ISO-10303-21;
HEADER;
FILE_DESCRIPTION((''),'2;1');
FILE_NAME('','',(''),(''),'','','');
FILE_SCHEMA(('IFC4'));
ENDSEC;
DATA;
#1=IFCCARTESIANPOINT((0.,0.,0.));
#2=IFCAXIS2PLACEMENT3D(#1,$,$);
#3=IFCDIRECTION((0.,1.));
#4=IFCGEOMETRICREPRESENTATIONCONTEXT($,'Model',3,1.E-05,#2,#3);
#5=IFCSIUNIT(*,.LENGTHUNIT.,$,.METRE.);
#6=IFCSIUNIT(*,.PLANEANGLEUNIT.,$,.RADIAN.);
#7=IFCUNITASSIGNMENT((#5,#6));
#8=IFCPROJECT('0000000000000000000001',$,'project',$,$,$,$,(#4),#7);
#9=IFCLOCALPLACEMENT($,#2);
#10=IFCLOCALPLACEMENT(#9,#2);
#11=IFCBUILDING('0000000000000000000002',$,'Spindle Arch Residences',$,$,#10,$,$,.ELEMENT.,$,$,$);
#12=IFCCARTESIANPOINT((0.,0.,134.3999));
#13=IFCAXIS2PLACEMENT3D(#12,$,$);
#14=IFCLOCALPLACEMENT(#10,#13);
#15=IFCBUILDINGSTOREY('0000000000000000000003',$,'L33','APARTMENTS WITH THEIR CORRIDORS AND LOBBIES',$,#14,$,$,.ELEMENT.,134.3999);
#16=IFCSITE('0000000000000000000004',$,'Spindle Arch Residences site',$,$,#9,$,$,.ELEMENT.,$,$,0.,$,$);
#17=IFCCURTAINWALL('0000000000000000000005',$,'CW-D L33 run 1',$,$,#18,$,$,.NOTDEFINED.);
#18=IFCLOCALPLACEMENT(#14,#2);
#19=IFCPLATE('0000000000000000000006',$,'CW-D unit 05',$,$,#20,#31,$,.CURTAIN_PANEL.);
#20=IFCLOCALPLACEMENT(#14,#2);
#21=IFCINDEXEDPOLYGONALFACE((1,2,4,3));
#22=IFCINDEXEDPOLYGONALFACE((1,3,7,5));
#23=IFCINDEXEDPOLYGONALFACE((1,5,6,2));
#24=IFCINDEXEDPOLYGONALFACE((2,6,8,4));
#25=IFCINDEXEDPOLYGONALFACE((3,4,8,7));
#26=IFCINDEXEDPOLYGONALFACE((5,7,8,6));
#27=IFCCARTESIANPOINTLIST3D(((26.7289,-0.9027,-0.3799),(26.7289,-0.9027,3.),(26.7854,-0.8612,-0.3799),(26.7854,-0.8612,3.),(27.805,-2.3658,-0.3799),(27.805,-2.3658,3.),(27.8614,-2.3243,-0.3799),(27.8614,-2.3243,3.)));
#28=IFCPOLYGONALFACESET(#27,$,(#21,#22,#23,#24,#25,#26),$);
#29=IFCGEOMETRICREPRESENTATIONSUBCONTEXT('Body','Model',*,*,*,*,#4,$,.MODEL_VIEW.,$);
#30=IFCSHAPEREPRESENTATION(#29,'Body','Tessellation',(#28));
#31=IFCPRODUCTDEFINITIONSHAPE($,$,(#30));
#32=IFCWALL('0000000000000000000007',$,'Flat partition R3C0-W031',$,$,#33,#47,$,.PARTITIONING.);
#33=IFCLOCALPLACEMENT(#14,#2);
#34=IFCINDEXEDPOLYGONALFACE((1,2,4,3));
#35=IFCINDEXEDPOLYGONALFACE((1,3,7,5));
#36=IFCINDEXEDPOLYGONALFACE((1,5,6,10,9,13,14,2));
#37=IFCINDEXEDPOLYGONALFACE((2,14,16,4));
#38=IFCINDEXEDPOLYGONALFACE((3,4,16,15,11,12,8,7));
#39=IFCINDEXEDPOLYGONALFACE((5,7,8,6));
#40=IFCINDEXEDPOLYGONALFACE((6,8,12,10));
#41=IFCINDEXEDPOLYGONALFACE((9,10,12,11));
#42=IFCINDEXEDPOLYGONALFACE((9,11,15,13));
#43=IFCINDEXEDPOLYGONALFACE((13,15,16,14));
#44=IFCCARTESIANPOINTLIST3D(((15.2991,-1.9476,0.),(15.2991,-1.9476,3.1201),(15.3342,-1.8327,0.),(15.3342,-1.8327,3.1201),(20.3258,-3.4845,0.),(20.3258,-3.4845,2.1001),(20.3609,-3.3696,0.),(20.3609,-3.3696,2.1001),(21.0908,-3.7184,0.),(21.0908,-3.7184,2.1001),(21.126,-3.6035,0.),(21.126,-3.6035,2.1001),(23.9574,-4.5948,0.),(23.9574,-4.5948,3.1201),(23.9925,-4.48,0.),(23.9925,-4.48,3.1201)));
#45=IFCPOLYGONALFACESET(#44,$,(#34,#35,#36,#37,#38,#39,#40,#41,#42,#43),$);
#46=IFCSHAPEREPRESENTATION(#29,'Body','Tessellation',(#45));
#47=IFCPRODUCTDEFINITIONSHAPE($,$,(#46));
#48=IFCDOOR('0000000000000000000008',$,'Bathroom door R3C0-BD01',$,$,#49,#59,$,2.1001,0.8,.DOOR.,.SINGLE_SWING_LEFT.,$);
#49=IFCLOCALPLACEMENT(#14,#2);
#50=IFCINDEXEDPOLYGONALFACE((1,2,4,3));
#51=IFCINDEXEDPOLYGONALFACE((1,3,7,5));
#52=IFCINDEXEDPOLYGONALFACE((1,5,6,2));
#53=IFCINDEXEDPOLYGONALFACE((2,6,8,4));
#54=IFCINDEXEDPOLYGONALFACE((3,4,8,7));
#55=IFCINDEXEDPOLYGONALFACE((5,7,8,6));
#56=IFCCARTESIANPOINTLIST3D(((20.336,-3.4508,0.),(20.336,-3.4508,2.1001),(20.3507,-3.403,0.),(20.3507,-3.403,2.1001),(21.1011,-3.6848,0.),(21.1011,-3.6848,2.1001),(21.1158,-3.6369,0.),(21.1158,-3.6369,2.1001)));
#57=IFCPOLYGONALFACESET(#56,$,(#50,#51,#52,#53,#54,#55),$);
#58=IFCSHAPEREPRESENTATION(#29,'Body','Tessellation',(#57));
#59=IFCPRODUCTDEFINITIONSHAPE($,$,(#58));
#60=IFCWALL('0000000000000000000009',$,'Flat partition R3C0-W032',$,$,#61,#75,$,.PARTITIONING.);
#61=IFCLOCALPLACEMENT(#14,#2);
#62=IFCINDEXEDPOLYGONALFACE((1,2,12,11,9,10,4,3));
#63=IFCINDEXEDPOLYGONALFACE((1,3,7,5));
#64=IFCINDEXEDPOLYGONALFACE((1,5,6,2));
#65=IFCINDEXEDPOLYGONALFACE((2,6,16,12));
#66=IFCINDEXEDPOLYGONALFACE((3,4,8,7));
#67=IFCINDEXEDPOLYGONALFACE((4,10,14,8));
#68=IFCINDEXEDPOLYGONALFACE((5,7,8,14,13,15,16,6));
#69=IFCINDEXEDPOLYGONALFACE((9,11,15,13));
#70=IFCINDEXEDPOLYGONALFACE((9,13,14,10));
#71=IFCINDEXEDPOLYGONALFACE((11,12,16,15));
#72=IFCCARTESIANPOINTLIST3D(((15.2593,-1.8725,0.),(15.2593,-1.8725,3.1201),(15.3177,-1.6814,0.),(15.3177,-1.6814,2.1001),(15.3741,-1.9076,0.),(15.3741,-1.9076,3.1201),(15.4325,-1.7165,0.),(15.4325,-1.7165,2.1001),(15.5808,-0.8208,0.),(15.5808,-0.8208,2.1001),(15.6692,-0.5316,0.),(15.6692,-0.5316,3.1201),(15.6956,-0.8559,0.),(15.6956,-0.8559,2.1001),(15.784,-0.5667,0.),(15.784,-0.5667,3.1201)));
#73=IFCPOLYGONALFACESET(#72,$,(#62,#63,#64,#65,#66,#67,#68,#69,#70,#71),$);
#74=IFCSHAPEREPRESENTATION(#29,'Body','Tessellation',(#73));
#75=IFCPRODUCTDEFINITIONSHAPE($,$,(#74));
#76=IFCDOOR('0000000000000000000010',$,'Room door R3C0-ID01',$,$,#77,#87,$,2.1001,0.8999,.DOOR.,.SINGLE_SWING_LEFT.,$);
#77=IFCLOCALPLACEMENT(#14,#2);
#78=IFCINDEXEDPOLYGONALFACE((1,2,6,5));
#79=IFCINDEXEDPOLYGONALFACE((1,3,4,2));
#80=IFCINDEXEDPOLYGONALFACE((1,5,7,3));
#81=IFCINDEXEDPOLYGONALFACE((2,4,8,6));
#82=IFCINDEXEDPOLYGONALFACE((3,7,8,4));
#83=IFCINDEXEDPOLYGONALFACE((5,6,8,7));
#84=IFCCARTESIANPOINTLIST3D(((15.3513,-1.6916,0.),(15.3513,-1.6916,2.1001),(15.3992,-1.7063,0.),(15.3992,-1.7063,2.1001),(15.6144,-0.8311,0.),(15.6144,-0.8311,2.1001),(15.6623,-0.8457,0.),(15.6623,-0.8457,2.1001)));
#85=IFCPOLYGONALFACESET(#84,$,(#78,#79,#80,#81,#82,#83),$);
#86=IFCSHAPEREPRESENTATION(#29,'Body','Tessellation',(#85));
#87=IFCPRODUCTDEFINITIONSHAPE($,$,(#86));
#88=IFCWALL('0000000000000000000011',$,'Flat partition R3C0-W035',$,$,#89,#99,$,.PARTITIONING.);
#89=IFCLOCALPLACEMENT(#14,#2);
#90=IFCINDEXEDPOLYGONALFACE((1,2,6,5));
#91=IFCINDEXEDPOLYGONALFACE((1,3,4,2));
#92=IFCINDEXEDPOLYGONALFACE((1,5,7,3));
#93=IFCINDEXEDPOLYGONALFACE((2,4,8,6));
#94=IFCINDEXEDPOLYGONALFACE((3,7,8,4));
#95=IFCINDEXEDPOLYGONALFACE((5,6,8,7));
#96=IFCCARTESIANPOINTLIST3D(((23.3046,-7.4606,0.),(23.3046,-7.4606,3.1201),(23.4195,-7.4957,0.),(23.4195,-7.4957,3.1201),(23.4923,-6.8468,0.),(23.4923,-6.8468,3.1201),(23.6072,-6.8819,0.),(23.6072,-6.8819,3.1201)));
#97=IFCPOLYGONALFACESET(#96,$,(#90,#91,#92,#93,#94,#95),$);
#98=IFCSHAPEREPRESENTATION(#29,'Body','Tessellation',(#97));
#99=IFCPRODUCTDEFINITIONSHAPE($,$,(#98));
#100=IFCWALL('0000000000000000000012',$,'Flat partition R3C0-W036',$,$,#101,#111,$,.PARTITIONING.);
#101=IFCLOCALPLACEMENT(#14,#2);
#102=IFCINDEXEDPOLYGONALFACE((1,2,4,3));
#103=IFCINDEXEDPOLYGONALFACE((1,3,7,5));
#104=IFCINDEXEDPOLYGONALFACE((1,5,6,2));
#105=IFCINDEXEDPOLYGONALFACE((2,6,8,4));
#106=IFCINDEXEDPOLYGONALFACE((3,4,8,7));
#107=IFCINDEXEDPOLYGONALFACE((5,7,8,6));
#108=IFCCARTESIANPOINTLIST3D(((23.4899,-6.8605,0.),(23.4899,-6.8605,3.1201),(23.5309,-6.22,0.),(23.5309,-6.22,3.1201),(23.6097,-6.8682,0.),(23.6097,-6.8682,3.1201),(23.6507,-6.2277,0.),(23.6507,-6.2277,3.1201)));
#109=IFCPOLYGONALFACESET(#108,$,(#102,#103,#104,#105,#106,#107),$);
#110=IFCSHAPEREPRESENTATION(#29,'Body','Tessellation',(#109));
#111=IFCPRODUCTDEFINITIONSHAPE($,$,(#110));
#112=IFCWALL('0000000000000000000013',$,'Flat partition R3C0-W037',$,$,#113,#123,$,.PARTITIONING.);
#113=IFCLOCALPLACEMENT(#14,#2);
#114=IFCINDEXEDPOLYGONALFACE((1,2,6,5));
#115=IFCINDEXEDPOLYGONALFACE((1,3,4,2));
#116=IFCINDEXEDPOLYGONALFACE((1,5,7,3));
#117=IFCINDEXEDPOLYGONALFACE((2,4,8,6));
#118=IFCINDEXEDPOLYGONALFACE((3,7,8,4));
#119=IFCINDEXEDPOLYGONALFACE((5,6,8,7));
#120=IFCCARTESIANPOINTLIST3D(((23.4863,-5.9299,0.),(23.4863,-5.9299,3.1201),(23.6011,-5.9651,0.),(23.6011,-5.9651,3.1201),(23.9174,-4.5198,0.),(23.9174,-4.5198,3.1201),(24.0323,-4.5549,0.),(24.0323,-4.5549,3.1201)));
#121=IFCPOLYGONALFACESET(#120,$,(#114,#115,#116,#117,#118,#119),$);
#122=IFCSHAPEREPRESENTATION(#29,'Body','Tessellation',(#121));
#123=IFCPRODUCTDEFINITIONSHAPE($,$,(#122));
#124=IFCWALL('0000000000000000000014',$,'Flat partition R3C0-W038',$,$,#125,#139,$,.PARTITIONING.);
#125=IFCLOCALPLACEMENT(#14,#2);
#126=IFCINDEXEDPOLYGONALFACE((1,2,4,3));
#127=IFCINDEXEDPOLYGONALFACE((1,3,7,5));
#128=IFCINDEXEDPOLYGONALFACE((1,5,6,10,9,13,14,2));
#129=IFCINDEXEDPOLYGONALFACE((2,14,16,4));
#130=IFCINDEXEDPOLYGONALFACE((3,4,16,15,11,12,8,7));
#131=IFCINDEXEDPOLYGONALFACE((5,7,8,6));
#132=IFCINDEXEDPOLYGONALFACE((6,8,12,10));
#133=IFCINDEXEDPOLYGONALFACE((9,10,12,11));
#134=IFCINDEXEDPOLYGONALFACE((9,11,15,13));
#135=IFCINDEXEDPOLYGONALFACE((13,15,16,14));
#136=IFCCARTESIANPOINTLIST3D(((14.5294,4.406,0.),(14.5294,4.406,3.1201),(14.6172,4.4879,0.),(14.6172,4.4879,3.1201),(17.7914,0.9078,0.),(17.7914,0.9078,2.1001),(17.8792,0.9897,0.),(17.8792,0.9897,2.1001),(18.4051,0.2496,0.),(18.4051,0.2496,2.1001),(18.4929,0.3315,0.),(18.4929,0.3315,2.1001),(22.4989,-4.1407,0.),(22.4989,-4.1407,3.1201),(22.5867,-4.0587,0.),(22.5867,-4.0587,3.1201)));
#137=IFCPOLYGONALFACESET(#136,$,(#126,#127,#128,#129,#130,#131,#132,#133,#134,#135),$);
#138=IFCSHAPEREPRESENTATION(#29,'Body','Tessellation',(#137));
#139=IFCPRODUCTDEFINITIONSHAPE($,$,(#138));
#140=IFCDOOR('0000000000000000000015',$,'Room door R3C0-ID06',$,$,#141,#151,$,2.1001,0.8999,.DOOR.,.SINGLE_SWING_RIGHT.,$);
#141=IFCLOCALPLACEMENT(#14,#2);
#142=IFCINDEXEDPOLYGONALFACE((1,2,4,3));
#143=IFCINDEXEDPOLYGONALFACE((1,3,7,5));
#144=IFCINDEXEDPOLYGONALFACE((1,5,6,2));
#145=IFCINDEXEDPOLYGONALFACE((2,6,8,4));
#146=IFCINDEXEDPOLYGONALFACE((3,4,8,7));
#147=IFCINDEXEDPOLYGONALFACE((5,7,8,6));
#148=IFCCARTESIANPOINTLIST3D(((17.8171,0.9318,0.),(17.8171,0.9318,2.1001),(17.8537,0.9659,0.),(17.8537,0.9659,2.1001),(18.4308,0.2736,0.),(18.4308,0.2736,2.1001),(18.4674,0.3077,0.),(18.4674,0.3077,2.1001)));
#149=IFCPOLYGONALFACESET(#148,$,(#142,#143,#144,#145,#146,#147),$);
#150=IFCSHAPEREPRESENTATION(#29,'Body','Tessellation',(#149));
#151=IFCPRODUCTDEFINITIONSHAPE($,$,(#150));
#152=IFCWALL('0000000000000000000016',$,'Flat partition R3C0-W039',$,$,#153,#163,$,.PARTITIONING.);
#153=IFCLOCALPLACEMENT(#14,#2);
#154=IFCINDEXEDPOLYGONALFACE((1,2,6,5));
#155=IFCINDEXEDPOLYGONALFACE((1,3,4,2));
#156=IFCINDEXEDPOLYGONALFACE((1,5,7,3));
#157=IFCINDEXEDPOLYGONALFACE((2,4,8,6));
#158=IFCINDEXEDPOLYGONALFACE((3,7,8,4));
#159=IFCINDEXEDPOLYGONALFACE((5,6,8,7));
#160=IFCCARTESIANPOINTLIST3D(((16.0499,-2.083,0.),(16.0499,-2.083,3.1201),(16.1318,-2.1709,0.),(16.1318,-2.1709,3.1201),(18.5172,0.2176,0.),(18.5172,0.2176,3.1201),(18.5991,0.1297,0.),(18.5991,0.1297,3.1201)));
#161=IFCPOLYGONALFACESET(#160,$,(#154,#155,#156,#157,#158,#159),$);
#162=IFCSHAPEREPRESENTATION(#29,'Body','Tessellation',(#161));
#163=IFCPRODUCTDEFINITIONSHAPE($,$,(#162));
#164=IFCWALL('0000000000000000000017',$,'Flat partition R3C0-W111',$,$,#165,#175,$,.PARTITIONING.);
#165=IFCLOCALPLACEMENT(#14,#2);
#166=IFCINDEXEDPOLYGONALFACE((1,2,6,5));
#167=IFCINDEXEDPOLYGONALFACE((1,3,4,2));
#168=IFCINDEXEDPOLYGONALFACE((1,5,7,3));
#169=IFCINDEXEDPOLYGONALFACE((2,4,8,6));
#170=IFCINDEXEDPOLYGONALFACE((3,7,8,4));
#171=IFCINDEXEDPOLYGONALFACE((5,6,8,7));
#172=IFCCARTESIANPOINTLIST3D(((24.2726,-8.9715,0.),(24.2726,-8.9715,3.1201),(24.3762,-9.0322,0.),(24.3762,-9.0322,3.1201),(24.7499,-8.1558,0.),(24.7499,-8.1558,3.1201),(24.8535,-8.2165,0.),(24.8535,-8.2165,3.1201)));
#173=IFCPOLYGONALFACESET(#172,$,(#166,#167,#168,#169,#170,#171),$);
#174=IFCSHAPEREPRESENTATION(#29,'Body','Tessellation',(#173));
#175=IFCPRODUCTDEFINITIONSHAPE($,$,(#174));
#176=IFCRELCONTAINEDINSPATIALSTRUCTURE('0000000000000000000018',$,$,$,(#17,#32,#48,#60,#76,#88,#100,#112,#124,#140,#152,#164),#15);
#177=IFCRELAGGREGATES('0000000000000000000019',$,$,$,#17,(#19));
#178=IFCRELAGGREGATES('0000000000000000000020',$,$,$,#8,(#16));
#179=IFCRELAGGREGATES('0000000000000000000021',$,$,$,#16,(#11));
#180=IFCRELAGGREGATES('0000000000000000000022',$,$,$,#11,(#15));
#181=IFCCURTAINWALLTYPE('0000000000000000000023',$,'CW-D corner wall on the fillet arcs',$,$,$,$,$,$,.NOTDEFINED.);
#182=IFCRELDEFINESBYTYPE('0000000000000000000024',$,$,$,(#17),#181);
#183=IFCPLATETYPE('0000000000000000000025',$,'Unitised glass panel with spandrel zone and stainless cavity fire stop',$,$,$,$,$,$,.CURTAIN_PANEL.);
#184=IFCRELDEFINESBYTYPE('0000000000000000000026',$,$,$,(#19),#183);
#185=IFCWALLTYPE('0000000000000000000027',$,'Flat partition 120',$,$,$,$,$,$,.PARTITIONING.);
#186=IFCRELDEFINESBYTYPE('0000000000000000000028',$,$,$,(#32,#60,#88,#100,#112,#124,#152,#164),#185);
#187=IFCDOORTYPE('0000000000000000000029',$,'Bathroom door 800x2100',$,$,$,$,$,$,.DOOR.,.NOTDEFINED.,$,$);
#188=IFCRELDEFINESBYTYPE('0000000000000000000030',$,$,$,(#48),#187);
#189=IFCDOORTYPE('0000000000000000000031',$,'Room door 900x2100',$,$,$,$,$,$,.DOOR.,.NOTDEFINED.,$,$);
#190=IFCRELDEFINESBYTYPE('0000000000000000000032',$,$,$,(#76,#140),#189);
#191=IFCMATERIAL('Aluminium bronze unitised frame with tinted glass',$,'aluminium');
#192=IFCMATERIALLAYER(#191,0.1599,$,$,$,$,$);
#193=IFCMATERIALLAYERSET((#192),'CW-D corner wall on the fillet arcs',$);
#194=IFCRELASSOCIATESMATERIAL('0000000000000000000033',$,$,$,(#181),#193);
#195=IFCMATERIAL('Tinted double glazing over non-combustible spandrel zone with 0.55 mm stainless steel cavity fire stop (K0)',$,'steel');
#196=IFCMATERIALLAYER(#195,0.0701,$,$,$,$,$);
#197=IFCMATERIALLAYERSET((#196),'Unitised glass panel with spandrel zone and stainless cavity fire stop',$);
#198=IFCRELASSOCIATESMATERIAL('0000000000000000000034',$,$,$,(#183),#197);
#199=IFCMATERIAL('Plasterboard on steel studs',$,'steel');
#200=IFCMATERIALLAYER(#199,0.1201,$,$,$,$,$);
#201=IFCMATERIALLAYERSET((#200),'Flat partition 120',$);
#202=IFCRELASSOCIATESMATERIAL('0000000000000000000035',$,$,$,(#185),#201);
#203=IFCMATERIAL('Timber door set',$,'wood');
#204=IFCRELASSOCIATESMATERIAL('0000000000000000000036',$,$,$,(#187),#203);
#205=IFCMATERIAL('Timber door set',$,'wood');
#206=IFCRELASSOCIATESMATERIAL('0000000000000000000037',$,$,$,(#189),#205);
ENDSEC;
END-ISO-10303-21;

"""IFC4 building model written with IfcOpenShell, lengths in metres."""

from ifc_helpers import new_model, si_unit, direction, frame, frame_2d, origin, origin_2d, place, context, subcontext, project, spatial, rectangle, extrude, material, layer, layer_set, type_object, element, fill, aggregate, save


model = new_model("IFC4")

# Units and contexts
model_context = context("Model", 3, precision=1e-05, world=origin(), true_north=direction((0.0, 1.0)))
body_context = subcontext(model_context, "Body", "Model", "MODEL_VIEW")
ifc_project = project(units=[si_unit("LENGTHUNIT", "METRE"), si_unit("PLANEANGLEUNIT", "RADIAN")], contexts=[model_context])

# Site, building, storey
site_placement = place(None, origin())
site = spatial("IfcSite", under=ifc_project, at=site_placement, Name="Spindle Arch Residences site", CompositionType="ELEMENT", RefElevation=0.0)
building_placement = place(site_placement, origin())
building = spatial("IfcBuilding", under=site, at=building_placement, Name="Spindle Arch Residences", CompositionType="ELEMENT")
storey_placement = place(building_placement, frame((0.0, 0.0, 134.3999)))
storey = spatial("IfcBuildingStorey", under=building, at=storey_placement, Name="L33", Description="APARTMENTS WITH THEIR CORRIDORS AND LOBBIES", CompositionType="ELEMENT", Elevation=134.3999)

# Curtain wall
ifc_material_1 = material(Name="Aluminium bronze unitised frame with tinted glass", Category="aluminium")
ifc_layer_1 = layer(ifc_material_1, 0.1599)
ifc_layer_set_1 = layer_set([ifc_layer_1], Name="CW-D corner wall on the fillet arcs")
curtain_wall_type = type_object("IfcCurtainWallType", Name="CW-D corner wall on the fillet arcs", PredefinedType="NOTDEFINED", material=ifc_layer_set_1)
curtain_wall_placement = place(storey_placement, origin())
curtain_wall = element("IfcCurtainWall", 1, at=curtain_wall_placement, inside=storey, type_object=curtain_wall_type, Name="CW-D L33 run 1", PredefinedType="NOTDEFINED")

# Plate
ifc_material_2 = material(Name="Tinted double glazing over non-combustible spandrel zone with 0.55 mm stainless steel cavity fire stop (K0)", Category="steel")
ifc_layer_2 = layer(ifc_material_2, 0.0701)
ifc_layer_set_2 = layer_set([ifc_layer_2], Name="Unitised glass panel with spandrel zone and stainless cavity fire stop")
plate_type = type_object("IfcPlateType", Name="Unitised glass panel with spandrel zone and stainless cavity fire stop", PredefinedType="CURTAIN_PANEL", material=ifc_layer_set_2)
plate_1_placement = place(storey_placement, frame((27.2952, -1.6135, -0.3799), z_axis=(0.0, 0.0, 1.0), x_axis=(-0.592482, 0.805584, 0.0)))
plate_1 = element("IfcPlate", 2, at=plate_1_placement, type_object=plate_type, Name="CW-D unit 05", PredefinedType="CURTAIN_PANEL", context=body_context, shape_type="SweptSolid", body=[
    extrude(rectangle(XDim=1.8162, YDim=0.0701, at=origin_2d()), origin(), (0.0, 0.0, 1.0), 3.3799),
])
aggregate(curtain_wall, [plate_1])

# Walls, openings, doors
ifc_material_3 = material(Name="Plasterboard on steel studs", Category="steel")
ifc_layer_3 = layer(ifc_material_3, 0.1201)
ifc_layer_set_3 = layer_set([ifc_layer_3], Name="Flat partition 120")
wall_type_1 = type_object("IfcWallType", Name="Flat partition 120", PredefinedType="PARTITIONING", material=ifc_layer_set_3)
wall_1_placement = place(storey_placement, frame((23.9749, -4.5374, 0.0), z_axis=(0.0, 0.0, 1.0), x_axis=(-0.9563, 0.292386, 0.0)))
wall_1 = element("IfcWall", 3, at=wall_1_placement, inside=storey, type_object=wall_type_1, Name="Flat partition R3C0-W031", PredefinedType="PARTITIONING", context=body_context, shape_type="SweptSolid", body=[
    extrude(rectangle(XDim=9.054, YDim=0.1201, at=frame_2d((4.5269, 0.0))), origin(), (0.0, 0.0, 1.0), 3.1201),
])
opening_1_placement = place(wall_1_placement, frame((2.9976, 0.0, 0.0)))
opening_1 = element("IfcOpeningElement", 4, at=opening_1_placement, cuts=wall_1, PredefinedType="OPENING", context=body_context, shape_type="SweptSolid", body=[
    extrude(rectangle(XDim=0.8, YDim=2.1001, at=frame_2d((0.3999, 1.05))), frame((0.0, 0.0701, 0.0), z_axis=(0.0, -1.0, 0.0), x_axis=(1.0, 0.0, 0.0)), (0.0, 0.0, 1.0), 0.1401),
])
ifc_material_4 = material(Name="Timber door set", Category="wood")
door_type_1 = type_object("IfcDoorType", Name="Bathroom door 800x2100", OperationType="NOTDEFINED", PredefinedType="DOOR", material=ifc_material_4)
door_1_placement = place(opening_1_placement, origin())
door_1 = element("IfcDoor", 5, at=door_1_placement, inside=storey, type_object=door_type_1, Name="Bathroom door R3C0-BD01", OperationType="SINGLE_SWING_LEFT", OverallHeight=2.1001, OverallWidth=0.8, PredefinedType="DOOR", context=body_context, shape_type="SweptSolid", body=[
    extrude(rectangle(XDim=0.8, YDim=2.1001, at=frame_2d((0.3999, 1.05))), frame((0.0, 0.0249, 0.0), z_axis=(0.0, -1.0, 0.0), x_axis=(1.0, 0.0, 0.0)), (0.0, 0.0, 1.0), 0.05),
])
fill(opening_1, door_1)
wall_2_placement = place(storey_placement, frame((15.3167, -1.8901, 0.0), z_axis=(0.0, 0.0, 1.0), x_axis=(0.29236, 0.956308, 0.0)))
wall_2 = element("IfcWall", 6, at=wall_2_placement, inside=storey, type_object=wall_type_1, Name="Flat partition R3C0-W032", PredefinedType="PARTITIONING", context=body_context, shape_type="SweptSolid", body=[
    extrude(rectangle(XDim=1.4021, YDim=0.1201, at=frame_2d((0.7012, 0.0))), origin(), (0.0, 0.0, 1.0), 3.1201),
])
opening_2_placement = place(wall_2_placement, frame((0.2, 0.0, 0.0)))
opening_2 = element("IfcOpeningElement", 7, at=opening_2_placement, cuts=wall_2, PredefinedType="OPENING", context=body_context, shape_type="SweptSolid", body=[
    extrude(rectangle(XDim=0.8999, YDim=2.1001, at=frame_2d((0.45, 1.05))), frame((0.0, 0.0701, 0.0), z_axis=(0.0, -1.0, 0.0), x_axis=(1.0, 0.0, 0.0)), (0.0, 0.0, 1.0), 0.1401),
])
ifc_material_5 = material(Name="Timber door set", Category="wood")
door_type_2 = type_object("IfcDoorType", Name="Room door 900x2100", OperationType="NOTDEFINED", PredefinedType="DOOR", material=ifc_material_5)
door_2_placement = place(opening_2_placement, origin())
door_2 = element("IfcDoor", 8, at=door_2_placement, inside=storey, type_object=door_type_2, Name="Room door R3C0-ID01", OperationType="SINGLE_SWING_LEFT", OverallHeight=2.1001, OverallWidth=0.8999, PredefinedType="DOOR", context=body_context, shape_type="SweptSolid", body=[
    extrude(rectangle(XDim=0.8999, YDim=2.1001, at=frame_2d((0.45, 1.05))), frame((0.0, 0.0249, 0.0), z_axis=(0.0, -1.0, 0.0), x_axis=(1.0, 0.0, 0.0)), (0.0, 0.0, 1.0), 0.05),
])
fill(opening_2, door_2)

# Walls
for number, where, z_axis, x_axis, name in (
    (9, (23.3621, -7.478, 0.0), (0.0, 0.0, 1.0), (0.292508, 0.956263, 0.0), "Flat partition R3C0-W035"),
    (10, (23.5498, -6.8643, 0.0), (0.0, 0.0, 1.0), (0.063894, 0.997957, 0.0), "Flat partition R3C0-W036"),
):
    element("IfcWall", number, at=place(storey_placement, frame(where, z_axis=z_axis, x_axis=x_axis)), inside=storey, type_object=wall_type_1, Name=name, PredefinedType="PARTITIONING", context=body_context, shape_type="SweptSolid", body=[
        extrude(rectangle(XDim=0.6418, YDim=0.1201, at=frame_2d((0.3208, 0.0))), origin(), (0.0, 0.0, 1.0), 3.1201),
    ])
wall_3_placement = place(storey_placement, frame((23.5437, -5.9475, 0.0), z_axis=(0.0, 0.0, 1.0), x_axis=(0.292387, 0.9563, 0.0)))
element("IfcWall", 11, at=wall_3_placement, inside=storey, type_object=wall_type_1, Name="Flat partition R3C0-W037", PredefinedType="PARTITIONING", context=body_context, shape_type="SweptSolid", body=[
    extrude(rectangle(XDim=1.4746, YDim=0.1201, at=frame_2d((0.7373, 0.0))), origin(), (0.0, 0.0, 1.0), 3.1201),
])

# Wall, opening, door
wall_4_placement = place(storey_placement, frame((22.5427, -4.0996, 0.0), z_axis=(0.0, 0.0, 1.0), x_axis=(-0.681981, 0.73137, 0.0)))
wall_4 = element("IfcWall", 12, at=wall_4_placement, inside=storey, type_object=wall_type_1, Name="Flat partition R3C0-W038", PredefinedType="PARTITIONING", context=body_context, shape_type="SweptSolid", body=[
    extrude(rectangle(XDim=11.6858, YDim=0.1201, at=frame_2d((5.8428, 0.0))), origin(), (0.0, 0.0, 1.0), 3.1201),
])
opening_3_placement = place(wall_4_placement, frame((6.0027, 0.0, 0.0)))
opening_3 = element("IfcOpeningElement", 13, at=opening_3_placement, cuts=wall_4, PredefinedType="OPENING", context=body_context, shape_type="SweptSolid", body=[
    extrude(rectangle(XDim=0.8999, YDim=2.1001, at=frame_2d((0.45, 1.05))), frame((0.0, 0.0701, 0.0), z_axis=(0.0, -1.0, 0.0), x_axis=(1.0, 0.0, 0.0)), (0.0, 0.0, 1.0), 0.1401),
])
door_3_placement = place(opening_3_placement, origin())
door_3 = element("IfcDoor", 14, at=door_3_placement, inside=storey, type_object=door_type_2, Name="Room door R3C0-ID06", OperationType="SINGLE_SWING_RIGHT", OverallHeight=2.1001, OverallWidth=0.8999, PredefinedType="DOOR", context=body_context, shape_type="SweptSolid", body=[
    extrude(rectangle(XDim=0.8999, YDim=2.1001, at=frame_2d((0.45, 1.05))), frame((0.0, 0.0249, 0.0), z_axis=(0.0, -1.0, 0.0), x_axis=(1.0, 0.0, 0.0)), (0.0, 0.0, 1.0), 0.05),
])
fill(opening_3, door_3)

# Walls
wall_5_placement = place(storey_placement, frame((16.0908, -2.127, 0.0), z_axis=(0.0, 0.0, 1.0), x_axis=(0.73139, 0.68196, 0.0)))
element("IfcWall", 15, at=wall_5_placement, inside=storey, type_object=wall_type_1, Name="Flat partition R3C0-W039", PredefinedType="PARTITIONING", context=body_context, shape_type="SweptSolid", body=[
    extrude(rectangle(XDim=3.3735, YDim=0.1201, at=frame_2d((1.6868, 0.0))), origin(), (0.0, 0.0, 1.0), 3.1201),
])
wall_6_placement = place(storey_placement, frame((24.8018, -8.186, 0.0), z_axis=(0.0, 0.0, 1.0), x_axis=(-0.505043, -0.863094, 0.0)))
element("IfcWall", 16, at=wall_6_placement, inside=storey, type_object=wall_type_1, Name="Flat partition R3C0-W111", PredefinedType="PARTITIONING", context=body_context, shape_type="SweptSolid", body=[
    extrude(rectangle(XDim=0.9451, YDim=0.1201, at=frame_2d((0.4727, 0.0))), origin(), (0.0, 0.0, 1.0), 3.1201),
])

save(model, "model.ifc")
